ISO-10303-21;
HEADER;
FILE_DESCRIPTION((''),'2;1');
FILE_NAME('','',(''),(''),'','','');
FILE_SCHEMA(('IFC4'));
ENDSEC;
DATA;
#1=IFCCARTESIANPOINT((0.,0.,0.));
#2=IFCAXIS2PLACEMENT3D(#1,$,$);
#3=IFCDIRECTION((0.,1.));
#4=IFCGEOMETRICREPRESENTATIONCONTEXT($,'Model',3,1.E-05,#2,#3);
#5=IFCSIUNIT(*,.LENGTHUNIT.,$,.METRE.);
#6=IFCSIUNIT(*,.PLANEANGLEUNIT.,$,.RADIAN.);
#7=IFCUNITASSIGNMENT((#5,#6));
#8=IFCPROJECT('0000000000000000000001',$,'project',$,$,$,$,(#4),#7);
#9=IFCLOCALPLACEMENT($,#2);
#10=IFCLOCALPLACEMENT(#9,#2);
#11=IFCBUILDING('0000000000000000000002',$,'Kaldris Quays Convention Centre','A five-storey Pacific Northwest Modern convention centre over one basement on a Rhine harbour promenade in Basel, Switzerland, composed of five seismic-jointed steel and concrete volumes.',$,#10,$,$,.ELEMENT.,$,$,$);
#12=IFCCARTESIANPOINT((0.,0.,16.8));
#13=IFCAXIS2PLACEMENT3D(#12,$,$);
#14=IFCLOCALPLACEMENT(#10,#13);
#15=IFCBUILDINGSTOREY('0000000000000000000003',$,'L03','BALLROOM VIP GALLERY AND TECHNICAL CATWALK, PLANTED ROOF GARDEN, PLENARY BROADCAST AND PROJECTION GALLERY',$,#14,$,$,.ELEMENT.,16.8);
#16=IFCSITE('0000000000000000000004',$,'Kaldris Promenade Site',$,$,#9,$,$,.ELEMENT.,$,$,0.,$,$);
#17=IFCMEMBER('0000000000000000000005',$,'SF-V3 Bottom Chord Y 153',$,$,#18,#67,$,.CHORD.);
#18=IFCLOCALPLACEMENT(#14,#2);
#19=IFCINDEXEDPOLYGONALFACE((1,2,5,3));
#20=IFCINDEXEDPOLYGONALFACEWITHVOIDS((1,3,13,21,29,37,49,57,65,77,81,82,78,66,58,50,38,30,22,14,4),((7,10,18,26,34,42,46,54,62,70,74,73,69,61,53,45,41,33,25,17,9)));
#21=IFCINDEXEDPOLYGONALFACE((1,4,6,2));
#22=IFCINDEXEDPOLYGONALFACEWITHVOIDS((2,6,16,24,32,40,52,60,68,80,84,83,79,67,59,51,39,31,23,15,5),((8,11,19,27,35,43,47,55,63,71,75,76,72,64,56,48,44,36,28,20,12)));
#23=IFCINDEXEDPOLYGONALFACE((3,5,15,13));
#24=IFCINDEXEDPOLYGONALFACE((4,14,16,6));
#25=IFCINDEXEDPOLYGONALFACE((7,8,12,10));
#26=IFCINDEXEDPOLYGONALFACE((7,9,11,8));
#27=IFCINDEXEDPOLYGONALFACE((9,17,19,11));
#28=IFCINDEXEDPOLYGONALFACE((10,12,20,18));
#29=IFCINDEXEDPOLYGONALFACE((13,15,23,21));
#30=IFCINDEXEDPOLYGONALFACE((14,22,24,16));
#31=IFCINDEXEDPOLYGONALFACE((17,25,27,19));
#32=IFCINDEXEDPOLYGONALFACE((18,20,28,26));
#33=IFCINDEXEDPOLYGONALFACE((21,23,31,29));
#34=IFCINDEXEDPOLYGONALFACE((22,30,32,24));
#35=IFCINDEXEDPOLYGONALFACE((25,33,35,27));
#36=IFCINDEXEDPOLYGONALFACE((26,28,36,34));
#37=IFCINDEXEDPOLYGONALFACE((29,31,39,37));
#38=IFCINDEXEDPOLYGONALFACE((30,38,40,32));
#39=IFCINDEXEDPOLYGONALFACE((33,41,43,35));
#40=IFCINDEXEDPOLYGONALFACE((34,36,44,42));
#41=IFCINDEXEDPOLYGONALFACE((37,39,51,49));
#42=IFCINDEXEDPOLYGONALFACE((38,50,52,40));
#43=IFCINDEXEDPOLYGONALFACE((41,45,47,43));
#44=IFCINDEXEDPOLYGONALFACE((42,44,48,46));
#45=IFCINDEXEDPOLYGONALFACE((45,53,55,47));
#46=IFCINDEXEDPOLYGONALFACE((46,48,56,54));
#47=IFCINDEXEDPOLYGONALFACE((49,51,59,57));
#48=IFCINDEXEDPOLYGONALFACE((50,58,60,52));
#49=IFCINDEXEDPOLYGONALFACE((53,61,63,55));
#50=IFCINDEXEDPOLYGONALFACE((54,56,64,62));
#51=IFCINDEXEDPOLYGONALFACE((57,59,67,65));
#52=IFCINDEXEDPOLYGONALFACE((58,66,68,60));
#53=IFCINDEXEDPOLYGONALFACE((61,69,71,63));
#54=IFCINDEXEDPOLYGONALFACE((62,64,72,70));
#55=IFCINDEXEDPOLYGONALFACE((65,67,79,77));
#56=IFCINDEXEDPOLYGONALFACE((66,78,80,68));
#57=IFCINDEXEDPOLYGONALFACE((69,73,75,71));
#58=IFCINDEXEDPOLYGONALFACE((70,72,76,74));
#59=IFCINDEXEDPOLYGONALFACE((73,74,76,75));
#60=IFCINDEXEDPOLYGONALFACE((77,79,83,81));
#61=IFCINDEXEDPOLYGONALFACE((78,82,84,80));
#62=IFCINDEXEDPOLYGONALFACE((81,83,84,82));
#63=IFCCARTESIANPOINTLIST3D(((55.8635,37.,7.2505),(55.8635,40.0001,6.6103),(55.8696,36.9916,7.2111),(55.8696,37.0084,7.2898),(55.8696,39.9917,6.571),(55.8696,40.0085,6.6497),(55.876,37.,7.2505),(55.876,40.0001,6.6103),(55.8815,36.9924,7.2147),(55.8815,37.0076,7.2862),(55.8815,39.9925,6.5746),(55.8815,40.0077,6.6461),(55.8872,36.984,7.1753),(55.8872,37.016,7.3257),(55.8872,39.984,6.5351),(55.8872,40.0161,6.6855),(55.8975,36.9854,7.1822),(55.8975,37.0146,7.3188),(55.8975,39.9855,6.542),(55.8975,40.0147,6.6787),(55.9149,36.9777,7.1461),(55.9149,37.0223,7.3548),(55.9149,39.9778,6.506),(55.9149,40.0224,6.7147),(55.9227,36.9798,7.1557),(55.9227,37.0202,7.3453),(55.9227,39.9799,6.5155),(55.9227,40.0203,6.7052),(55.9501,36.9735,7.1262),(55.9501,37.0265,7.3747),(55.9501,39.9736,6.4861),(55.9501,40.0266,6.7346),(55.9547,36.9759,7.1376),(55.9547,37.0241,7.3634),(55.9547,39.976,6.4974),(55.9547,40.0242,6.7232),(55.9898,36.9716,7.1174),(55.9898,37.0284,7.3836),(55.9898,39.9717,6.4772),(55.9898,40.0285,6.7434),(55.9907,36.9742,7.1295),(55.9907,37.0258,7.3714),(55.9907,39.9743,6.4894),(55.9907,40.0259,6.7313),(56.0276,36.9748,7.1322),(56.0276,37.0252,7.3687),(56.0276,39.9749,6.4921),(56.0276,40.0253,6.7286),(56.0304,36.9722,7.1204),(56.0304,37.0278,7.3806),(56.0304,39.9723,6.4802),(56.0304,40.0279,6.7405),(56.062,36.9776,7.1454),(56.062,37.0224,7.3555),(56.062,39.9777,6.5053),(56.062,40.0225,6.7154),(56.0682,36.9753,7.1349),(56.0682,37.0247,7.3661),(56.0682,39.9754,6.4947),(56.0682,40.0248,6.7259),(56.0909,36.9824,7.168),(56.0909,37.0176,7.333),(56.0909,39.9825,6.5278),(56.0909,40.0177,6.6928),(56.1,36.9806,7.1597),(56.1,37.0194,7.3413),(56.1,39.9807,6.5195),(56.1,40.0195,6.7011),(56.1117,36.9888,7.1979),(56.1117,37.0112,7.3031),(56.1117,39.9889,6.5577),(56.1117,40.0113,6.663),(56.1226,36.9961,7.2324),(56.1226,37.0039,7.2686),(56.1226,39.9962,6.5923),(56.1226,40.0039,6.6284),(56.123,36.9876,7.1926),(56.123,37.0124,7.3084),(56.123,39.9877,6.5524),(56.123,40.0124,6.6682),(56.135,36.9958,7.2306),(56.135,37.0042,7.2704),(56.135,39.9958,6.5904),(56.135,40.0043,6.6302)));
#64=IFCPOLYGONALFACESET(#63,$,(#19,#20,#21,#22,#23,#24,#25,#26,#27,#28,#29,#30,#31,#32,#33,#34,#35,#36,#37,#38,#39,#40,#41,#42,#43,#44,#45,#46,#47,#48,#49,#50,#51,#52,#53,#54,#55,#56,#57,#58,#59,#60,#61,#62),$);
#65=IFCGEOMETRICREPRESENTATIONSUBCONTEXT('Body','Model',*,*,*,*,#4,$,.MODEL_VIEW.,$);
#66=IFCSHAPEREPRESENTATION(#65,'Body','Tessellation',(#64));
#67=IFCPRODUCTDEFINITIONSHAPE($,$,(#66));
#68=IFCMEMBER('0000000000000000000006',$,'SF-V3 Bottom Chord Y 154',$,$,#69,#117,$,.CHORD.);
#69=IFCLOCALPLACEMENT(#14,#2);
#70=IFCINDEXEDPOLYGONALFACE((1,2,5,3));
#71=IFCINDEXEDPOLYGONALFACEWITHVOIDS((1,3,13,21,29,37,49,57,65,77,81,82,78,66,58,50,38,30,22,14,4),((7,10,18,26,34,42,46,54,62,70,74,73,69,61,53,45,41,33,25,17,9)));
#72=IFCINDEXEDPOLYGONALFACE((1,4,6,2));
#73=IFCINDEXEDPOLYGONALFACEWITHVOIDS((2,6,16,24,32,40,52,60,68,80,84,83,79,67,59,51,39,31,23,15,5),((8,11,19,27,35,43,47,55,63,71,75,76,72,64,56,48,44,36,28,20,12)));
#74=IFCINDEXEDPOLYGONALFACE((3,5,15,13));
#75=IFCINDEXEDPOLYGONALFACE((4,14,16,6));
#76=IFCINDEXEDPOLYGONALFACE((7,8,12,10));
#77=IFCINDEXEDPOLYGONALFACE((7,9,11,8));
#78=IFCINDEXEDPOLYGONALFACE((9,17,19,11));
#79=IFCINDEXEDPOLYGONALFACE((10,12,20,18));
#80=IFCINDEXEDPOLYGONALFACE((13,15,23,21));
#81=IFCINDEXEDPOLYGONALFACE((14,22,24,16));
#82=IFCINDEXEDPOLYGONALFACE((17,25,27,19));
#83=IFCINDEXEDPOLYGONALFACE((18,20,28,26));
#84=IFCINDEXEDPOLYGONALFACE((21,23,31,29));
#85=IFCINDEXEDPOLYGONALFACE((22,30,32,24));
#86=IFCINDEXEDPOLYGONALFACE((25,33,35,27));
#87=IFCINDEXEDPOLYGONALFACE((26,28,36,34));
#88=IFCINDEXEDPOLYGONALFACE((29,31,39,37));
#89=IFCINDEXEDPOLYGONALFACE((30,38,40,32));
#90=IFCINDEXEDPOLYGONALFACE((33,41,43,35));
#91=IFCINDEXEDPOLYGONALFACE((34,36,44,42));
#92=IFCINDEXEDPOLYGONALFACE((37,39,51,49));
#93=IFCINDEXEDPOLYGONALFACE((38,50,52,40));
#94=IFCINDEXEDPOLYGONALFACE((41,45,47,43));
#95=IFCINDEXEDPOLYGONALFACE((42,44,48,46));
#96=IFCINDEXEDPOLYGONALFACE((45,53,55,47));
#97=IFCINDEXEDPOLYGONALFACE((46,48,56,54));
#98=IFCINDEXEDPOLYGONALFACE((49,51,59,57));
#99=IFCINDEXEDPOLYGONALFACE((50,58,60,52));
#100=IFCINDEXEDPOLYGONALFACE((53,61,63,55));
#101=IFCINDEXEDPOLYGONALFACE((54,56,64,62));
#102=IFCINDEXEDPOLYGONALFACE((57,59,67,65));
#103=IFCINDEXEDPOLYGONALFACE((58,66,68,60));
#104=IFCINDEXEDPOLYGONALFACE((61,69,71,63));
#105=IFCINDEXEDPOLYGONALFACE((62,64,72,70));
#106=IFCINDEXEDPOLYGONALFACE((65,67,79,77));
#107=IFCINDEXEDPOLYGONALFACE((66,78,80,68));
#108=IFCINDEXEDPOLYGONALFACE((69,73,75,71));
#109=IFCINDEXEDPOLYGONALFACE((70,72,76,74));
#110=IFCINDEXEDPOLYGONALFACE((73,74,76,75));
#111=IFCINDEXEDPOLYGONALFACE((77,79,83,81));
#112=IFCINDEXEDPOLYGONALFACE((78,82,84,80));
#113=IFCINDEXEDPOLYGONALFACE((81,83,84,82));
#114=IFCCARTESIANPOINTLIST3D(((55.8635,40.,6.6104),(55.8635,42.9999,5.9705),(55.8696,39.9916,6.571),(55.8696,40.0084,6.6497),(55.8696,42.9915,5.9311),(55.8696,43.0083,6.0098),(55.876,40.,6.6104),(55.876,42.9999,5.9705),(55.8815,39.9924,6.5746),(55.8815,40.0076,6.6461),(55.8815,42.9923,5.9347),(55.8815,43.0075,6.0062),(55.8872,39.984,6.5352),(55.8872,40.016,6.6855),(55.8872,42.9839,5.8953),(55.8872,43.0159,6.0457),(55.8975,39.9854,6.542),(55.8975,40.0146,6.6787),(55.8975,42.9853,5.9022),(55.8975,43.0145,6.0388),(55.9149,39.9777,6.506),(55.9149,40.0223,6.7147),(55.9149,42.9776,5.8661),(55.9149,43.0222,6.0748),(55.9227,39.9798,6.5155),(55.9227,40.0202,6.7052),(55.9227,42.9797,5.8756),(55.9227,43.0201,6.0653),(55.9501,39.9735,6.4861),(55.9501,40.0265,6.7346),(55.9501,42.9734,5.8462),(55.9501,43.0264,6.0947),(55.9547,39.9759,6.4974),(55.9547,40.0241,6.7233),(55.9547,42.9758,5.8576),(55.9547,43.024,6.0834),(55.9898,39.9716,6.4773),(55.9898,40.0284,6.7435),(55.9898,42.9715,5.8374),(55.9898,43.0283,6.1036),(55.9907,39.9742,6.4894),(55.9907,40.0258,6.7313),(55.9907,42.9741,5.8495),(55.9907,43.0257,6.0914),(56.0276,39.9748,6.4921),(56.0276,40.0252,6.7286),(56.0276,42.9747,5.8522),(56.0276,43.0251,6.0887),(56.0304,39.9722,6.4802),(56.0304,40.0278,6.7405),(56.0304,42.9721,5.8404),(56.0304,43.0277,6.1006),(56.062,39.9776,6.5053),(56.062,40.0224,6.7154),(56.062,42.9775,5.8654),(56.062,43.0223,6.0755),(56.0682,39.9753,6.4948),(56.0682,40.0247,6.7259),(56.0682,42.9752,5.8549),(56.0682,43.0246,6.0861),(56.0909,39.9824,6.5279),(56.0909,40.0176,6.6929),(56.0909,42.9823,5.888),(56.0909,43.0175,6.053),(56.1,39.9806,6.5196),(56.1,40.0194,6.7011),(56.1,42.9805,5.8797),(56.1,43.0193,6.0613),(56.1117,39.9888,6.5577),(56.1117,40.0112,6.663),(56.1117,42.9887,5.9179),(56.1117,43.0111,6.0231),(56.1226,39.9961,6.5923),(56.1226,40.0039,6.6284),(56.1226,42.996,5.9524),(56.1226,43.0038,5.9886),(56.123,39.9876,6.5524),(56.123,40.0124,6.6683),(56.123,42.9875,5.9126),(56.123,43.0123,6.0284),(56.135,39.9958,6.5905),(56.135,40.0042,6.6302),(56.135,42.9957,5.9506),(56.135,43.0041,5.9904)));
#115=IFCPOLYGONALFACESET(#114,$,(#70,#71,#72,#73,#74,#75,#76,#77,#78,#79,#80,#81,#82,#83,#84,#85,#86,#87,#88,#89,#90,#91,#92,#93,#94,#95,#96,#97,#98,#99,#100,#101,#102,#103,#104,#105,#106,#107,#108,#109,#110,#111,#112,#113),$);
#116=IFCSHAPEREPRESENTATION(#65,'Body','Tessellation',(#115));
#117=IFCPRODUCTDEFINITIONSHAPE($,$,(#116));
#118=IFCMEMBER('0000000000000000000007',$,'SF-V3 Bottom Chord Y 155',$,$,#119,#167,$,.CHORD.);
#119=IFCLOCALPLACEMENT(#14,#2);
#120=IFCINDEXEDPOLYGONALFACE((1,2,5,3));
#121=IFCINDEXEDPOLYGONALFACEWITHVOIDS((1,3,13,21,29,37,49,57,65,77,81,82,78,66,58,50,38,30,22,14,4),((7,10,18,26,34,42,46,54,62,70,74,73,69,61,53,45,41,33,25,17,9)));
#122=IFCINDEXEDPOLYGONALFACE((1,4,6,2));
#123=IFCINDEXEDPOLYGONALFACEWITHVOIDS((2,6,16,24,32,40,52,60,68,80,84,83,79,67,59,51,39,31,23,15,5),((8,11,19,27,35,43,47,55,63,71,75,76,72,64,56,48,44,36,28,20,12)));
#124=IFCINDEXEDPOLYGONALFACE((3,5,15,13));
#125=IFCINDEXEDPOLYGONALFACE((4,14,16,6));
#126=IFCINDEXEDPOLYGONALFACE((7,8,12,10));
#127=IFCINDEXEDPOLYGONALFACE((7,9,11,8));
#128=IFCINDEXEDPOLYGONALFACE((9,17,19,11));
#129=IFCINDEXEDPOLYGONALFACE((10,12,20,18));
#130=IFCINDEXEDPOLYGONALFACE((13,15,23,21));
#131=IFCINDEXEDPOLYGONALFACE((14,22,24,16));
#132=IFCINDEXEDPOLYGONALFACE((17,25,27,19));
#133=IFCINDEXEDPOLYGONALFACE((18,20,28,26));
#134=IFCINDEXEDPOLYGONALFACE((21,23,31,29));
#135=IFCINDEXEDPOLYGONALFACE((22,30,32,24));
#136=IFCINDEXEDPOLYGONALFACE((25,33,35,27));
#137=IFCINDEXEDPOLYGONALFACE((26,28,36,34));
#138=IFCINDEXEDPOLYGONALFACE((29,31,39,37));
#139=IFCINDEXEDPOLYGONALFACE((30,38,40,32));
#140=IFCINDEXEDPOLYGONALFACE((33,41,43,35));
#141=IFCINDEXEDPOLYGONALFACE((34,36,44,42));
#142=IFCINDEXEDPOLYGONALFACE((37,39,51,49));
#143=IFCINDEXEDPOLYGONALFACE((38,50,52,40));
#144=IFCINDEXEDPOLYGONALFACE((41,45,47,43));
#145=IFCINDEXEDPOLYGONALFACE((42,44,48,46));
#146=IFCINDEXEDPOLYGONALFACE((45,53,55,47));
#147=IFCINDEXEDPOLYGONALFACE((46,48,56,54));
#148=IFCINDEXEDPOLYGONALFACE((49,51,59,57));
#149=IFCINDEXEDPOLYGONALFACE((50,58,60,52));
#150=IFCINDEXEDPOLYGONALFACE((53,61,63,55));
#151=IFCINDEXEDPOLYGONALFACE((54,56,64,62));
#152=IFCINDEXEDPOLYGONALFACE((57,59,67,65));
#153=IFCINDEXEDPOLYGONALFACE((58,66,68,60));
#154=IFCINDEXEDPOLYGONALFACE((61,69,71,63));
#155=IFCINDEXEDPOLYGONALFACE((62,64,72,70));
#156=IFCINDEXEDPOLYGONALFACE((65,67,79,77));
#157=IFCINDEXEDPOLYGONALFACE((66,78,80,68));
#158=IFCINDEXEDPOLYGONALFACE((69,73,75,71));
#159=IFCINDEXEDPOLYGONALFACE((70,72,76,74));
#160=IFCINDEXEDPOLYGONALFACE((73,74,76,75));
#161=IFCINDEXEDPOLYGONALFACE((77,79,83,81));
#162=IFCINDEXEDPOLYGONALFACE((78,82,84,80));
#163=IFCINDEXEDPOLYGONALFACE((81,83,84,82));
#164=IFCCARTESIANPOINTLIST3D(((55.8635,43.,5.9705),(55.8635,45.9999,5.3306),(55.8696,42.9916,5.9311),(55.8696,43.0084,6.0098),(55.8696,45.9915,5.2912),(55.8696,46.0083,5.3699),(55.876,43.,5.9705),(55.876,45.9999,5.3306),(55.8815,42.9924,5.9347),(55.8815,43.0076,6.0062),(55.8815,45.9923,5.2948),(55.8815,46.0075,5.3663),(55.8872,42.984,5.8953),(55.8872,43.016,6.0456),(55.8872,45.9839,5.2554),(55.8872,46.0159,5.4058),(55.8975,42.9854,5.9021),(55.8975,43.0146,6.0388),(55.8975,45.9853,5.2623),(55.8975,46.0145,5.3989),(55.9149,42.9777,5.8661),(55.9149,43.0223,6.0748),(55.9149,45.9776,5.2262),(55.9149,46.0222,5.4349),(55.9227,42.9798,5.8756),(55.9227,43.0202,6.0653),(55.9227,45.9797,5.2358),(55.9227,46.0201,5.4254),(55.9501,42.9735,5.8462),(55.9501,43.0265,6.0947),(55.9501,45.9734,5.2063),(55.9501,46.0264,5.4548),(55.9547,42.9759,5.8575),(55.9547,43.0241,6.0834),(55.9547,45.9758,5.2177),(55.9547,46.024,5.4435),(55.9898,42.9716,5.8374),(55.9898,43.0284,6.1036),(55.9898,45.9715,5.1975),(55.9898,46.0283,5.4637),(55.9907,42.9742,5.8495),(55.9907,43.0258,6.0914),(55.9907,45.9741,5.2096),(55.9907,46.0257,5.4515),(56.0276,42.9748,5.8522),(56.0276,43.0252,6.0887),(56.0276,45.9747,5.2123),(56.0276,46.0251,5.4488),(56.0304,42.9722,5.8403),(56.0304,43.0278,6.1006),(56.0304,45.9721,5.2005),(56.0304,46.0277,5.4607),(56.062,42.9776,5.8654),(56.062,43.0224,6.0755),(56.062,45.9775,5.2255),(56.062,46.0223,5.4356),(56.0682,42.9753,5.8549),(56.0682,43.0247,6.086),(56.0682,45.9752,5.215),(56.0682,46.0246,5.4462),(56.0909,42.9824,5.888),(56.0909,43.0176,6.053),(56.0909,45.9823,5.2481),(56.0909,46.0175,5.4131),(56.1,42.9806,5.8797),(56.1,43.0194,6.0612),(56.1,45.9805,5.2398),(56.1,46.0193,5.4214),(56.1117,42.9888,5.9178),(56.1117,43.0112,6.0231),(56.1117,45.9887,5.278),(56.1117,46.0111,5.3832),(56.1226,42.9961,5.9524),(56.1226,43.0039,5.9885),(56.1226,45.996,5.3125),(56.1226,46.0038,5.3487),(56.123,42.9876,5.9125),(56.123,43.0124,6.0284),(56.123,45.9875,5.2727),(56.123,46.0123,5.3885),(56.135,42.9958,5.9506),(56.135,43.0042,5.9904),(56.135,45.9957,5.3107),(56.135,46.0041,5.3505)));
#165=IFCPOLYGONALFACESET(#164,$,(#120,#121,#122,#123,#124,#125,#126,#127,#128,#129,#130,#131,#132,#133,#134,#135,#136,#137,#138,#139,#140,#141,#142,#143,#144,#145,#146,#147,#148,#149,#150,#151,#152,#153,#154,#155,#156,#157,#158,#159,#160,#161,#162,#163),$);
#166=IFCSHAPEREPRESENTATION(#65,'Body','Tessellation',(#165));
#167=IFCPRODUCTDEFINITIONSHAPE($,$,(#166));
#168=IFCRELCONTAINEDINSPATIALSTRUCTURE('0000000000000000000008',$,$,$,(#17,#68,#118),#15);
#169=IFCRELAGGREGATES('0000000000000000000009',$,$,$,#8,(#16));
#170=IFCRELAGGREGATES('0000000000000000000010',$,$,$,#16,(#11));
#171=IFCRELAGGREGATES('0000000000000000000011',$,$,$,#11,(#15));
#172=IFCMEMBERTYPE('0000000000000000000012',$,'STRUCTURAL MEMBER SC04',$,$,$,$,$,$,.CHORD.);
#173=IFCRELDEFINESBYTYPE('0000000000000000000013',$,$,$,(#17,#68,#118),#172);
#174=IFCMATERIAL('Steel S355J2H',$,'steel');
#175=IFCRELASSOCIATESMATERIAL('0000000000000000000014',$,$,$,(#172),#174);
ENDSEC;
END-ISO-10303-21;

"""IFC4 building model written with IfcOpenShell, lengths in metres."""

from ifc_helpers import new_model, si_unit, direction, frame, origin, origin_2d, place, context, subcontext, project, spatial, hollow_circle, extrude, material, material_profile, profile_set, type_object, element, save


model = new_model("IFC4")

# Units and contexts
model_context = context("Model", 3, precision=1e-05, world=origin(), true_north=direction((0.0, 1.0)))
body_context = subcontext(model_context, "Body", "Model", "MODEL_VIEW")
ifc_project = project(units=[si_unit("LENGTHUNIT", "METRE"), si_unit("PLANEANGLEUNIT", "RADIAN")], contexts=[model_context])

# Site, building, storey
site_placement = place(None, origin())
site = spatial("IfcSite", under=ifc_project, at=site_placement, Name="Kaldris Promenade Site", CompositionType="ELEMENT", RefElevation=0.0)
building_placement = place(site_placement, origin())
building = spatial("IfcBuilding", under=site, at=building_placement, Name="Kaldris Quays Convention Centre", Description="A five-storey Pacific Northwest Modern convention centre over one basement on a Rhine harbour promenade in Basel, Switzerland, composed of five seismic-jointed steel and concrete volumes.", CompositionType="ELEMENT")
storey_placement = place(building_placement, frame((0.0, 0.0, 16.8)))
storey = spatial("IfcBuildingStorey", under=building, at=storey_placement, Name="L03", Description="BALLROOM VIP GALLERY AND TECHNICAL CATWALK, PLANTED ROOF GARDEN, PLENARY BROADCAST AND PROJECTION GALLERY", CompositionType="ELEMENT", Elevation=16.8)

# Members
ifc_material_1 = material(Name="Steel S355J2H", Category="steel")
ifc_material_profile_1 = material_profile(ifc_material_1, hollow_circle(Radius=0.1365, WallThickness=0.0125, at=origin_2d()), Name="CHS 273x12.5")
ifc_profile_set_1 = profile_set([ifc_material_profile_1], Name="Steel S355J2H")
member_type_1 = type_object("IfcMemberType", Name="STRUCTURAL MEMBER SC04", PredefinedType="CHORD", material=ifc_profile_set_1)
member_1_placement = place(storey_placement, frame((56.0, 37.0, 7.2505), z_axis=(0.0, 0.977984, -0.208681), x_axis=(-1.0, 0.0, 0.0)))
element("IfcMember", 1, at=member_1_placement, inside=storey, type_object=member_type_1, Name="SF-V3 Bottom Chord Y 153", PredefinedType="CHORD", context=body_context, shape_type="SweptSolid", body=[
    extrude(hollow_circle(Radius=0.1365, WallThickness=0.0125, at=origin_2d()), origin(), (0.0, 0.0, 1.0), 3.0676),
])
for number, where, z_axis, x_axis, name in (
    (2, (56.0, 40.0, 6.6104), (0.0, 0.978, -0.208605), (-1.0, 0.0, 0.0), "SF-V3 Bottom Chord Y 154"),
    (3, (56.0, 43.0, 5.9705), (0.0, 0.978, -0.208605), (-1.0, 0.0, 0.0), "SF-V3 Bottom Chord Y 155"),
):
    element("IfcMember", number, at=place(storey_placement, frame(where, z_axis=z_axis, x_axis=x_axis)), inside=storey, type_object=member_type_1, Name=name, PredefinedType="CHORD", context=body_context, shape_type="SweptSolid", body=[
        extrude(hollow_circle(Radius=0.1365, WallThickness=0.0125, at=origin_2d()), origin(), (0.0, 0.0, 1.0), 3.0674),
    ])

save(model, "model.ifc")
